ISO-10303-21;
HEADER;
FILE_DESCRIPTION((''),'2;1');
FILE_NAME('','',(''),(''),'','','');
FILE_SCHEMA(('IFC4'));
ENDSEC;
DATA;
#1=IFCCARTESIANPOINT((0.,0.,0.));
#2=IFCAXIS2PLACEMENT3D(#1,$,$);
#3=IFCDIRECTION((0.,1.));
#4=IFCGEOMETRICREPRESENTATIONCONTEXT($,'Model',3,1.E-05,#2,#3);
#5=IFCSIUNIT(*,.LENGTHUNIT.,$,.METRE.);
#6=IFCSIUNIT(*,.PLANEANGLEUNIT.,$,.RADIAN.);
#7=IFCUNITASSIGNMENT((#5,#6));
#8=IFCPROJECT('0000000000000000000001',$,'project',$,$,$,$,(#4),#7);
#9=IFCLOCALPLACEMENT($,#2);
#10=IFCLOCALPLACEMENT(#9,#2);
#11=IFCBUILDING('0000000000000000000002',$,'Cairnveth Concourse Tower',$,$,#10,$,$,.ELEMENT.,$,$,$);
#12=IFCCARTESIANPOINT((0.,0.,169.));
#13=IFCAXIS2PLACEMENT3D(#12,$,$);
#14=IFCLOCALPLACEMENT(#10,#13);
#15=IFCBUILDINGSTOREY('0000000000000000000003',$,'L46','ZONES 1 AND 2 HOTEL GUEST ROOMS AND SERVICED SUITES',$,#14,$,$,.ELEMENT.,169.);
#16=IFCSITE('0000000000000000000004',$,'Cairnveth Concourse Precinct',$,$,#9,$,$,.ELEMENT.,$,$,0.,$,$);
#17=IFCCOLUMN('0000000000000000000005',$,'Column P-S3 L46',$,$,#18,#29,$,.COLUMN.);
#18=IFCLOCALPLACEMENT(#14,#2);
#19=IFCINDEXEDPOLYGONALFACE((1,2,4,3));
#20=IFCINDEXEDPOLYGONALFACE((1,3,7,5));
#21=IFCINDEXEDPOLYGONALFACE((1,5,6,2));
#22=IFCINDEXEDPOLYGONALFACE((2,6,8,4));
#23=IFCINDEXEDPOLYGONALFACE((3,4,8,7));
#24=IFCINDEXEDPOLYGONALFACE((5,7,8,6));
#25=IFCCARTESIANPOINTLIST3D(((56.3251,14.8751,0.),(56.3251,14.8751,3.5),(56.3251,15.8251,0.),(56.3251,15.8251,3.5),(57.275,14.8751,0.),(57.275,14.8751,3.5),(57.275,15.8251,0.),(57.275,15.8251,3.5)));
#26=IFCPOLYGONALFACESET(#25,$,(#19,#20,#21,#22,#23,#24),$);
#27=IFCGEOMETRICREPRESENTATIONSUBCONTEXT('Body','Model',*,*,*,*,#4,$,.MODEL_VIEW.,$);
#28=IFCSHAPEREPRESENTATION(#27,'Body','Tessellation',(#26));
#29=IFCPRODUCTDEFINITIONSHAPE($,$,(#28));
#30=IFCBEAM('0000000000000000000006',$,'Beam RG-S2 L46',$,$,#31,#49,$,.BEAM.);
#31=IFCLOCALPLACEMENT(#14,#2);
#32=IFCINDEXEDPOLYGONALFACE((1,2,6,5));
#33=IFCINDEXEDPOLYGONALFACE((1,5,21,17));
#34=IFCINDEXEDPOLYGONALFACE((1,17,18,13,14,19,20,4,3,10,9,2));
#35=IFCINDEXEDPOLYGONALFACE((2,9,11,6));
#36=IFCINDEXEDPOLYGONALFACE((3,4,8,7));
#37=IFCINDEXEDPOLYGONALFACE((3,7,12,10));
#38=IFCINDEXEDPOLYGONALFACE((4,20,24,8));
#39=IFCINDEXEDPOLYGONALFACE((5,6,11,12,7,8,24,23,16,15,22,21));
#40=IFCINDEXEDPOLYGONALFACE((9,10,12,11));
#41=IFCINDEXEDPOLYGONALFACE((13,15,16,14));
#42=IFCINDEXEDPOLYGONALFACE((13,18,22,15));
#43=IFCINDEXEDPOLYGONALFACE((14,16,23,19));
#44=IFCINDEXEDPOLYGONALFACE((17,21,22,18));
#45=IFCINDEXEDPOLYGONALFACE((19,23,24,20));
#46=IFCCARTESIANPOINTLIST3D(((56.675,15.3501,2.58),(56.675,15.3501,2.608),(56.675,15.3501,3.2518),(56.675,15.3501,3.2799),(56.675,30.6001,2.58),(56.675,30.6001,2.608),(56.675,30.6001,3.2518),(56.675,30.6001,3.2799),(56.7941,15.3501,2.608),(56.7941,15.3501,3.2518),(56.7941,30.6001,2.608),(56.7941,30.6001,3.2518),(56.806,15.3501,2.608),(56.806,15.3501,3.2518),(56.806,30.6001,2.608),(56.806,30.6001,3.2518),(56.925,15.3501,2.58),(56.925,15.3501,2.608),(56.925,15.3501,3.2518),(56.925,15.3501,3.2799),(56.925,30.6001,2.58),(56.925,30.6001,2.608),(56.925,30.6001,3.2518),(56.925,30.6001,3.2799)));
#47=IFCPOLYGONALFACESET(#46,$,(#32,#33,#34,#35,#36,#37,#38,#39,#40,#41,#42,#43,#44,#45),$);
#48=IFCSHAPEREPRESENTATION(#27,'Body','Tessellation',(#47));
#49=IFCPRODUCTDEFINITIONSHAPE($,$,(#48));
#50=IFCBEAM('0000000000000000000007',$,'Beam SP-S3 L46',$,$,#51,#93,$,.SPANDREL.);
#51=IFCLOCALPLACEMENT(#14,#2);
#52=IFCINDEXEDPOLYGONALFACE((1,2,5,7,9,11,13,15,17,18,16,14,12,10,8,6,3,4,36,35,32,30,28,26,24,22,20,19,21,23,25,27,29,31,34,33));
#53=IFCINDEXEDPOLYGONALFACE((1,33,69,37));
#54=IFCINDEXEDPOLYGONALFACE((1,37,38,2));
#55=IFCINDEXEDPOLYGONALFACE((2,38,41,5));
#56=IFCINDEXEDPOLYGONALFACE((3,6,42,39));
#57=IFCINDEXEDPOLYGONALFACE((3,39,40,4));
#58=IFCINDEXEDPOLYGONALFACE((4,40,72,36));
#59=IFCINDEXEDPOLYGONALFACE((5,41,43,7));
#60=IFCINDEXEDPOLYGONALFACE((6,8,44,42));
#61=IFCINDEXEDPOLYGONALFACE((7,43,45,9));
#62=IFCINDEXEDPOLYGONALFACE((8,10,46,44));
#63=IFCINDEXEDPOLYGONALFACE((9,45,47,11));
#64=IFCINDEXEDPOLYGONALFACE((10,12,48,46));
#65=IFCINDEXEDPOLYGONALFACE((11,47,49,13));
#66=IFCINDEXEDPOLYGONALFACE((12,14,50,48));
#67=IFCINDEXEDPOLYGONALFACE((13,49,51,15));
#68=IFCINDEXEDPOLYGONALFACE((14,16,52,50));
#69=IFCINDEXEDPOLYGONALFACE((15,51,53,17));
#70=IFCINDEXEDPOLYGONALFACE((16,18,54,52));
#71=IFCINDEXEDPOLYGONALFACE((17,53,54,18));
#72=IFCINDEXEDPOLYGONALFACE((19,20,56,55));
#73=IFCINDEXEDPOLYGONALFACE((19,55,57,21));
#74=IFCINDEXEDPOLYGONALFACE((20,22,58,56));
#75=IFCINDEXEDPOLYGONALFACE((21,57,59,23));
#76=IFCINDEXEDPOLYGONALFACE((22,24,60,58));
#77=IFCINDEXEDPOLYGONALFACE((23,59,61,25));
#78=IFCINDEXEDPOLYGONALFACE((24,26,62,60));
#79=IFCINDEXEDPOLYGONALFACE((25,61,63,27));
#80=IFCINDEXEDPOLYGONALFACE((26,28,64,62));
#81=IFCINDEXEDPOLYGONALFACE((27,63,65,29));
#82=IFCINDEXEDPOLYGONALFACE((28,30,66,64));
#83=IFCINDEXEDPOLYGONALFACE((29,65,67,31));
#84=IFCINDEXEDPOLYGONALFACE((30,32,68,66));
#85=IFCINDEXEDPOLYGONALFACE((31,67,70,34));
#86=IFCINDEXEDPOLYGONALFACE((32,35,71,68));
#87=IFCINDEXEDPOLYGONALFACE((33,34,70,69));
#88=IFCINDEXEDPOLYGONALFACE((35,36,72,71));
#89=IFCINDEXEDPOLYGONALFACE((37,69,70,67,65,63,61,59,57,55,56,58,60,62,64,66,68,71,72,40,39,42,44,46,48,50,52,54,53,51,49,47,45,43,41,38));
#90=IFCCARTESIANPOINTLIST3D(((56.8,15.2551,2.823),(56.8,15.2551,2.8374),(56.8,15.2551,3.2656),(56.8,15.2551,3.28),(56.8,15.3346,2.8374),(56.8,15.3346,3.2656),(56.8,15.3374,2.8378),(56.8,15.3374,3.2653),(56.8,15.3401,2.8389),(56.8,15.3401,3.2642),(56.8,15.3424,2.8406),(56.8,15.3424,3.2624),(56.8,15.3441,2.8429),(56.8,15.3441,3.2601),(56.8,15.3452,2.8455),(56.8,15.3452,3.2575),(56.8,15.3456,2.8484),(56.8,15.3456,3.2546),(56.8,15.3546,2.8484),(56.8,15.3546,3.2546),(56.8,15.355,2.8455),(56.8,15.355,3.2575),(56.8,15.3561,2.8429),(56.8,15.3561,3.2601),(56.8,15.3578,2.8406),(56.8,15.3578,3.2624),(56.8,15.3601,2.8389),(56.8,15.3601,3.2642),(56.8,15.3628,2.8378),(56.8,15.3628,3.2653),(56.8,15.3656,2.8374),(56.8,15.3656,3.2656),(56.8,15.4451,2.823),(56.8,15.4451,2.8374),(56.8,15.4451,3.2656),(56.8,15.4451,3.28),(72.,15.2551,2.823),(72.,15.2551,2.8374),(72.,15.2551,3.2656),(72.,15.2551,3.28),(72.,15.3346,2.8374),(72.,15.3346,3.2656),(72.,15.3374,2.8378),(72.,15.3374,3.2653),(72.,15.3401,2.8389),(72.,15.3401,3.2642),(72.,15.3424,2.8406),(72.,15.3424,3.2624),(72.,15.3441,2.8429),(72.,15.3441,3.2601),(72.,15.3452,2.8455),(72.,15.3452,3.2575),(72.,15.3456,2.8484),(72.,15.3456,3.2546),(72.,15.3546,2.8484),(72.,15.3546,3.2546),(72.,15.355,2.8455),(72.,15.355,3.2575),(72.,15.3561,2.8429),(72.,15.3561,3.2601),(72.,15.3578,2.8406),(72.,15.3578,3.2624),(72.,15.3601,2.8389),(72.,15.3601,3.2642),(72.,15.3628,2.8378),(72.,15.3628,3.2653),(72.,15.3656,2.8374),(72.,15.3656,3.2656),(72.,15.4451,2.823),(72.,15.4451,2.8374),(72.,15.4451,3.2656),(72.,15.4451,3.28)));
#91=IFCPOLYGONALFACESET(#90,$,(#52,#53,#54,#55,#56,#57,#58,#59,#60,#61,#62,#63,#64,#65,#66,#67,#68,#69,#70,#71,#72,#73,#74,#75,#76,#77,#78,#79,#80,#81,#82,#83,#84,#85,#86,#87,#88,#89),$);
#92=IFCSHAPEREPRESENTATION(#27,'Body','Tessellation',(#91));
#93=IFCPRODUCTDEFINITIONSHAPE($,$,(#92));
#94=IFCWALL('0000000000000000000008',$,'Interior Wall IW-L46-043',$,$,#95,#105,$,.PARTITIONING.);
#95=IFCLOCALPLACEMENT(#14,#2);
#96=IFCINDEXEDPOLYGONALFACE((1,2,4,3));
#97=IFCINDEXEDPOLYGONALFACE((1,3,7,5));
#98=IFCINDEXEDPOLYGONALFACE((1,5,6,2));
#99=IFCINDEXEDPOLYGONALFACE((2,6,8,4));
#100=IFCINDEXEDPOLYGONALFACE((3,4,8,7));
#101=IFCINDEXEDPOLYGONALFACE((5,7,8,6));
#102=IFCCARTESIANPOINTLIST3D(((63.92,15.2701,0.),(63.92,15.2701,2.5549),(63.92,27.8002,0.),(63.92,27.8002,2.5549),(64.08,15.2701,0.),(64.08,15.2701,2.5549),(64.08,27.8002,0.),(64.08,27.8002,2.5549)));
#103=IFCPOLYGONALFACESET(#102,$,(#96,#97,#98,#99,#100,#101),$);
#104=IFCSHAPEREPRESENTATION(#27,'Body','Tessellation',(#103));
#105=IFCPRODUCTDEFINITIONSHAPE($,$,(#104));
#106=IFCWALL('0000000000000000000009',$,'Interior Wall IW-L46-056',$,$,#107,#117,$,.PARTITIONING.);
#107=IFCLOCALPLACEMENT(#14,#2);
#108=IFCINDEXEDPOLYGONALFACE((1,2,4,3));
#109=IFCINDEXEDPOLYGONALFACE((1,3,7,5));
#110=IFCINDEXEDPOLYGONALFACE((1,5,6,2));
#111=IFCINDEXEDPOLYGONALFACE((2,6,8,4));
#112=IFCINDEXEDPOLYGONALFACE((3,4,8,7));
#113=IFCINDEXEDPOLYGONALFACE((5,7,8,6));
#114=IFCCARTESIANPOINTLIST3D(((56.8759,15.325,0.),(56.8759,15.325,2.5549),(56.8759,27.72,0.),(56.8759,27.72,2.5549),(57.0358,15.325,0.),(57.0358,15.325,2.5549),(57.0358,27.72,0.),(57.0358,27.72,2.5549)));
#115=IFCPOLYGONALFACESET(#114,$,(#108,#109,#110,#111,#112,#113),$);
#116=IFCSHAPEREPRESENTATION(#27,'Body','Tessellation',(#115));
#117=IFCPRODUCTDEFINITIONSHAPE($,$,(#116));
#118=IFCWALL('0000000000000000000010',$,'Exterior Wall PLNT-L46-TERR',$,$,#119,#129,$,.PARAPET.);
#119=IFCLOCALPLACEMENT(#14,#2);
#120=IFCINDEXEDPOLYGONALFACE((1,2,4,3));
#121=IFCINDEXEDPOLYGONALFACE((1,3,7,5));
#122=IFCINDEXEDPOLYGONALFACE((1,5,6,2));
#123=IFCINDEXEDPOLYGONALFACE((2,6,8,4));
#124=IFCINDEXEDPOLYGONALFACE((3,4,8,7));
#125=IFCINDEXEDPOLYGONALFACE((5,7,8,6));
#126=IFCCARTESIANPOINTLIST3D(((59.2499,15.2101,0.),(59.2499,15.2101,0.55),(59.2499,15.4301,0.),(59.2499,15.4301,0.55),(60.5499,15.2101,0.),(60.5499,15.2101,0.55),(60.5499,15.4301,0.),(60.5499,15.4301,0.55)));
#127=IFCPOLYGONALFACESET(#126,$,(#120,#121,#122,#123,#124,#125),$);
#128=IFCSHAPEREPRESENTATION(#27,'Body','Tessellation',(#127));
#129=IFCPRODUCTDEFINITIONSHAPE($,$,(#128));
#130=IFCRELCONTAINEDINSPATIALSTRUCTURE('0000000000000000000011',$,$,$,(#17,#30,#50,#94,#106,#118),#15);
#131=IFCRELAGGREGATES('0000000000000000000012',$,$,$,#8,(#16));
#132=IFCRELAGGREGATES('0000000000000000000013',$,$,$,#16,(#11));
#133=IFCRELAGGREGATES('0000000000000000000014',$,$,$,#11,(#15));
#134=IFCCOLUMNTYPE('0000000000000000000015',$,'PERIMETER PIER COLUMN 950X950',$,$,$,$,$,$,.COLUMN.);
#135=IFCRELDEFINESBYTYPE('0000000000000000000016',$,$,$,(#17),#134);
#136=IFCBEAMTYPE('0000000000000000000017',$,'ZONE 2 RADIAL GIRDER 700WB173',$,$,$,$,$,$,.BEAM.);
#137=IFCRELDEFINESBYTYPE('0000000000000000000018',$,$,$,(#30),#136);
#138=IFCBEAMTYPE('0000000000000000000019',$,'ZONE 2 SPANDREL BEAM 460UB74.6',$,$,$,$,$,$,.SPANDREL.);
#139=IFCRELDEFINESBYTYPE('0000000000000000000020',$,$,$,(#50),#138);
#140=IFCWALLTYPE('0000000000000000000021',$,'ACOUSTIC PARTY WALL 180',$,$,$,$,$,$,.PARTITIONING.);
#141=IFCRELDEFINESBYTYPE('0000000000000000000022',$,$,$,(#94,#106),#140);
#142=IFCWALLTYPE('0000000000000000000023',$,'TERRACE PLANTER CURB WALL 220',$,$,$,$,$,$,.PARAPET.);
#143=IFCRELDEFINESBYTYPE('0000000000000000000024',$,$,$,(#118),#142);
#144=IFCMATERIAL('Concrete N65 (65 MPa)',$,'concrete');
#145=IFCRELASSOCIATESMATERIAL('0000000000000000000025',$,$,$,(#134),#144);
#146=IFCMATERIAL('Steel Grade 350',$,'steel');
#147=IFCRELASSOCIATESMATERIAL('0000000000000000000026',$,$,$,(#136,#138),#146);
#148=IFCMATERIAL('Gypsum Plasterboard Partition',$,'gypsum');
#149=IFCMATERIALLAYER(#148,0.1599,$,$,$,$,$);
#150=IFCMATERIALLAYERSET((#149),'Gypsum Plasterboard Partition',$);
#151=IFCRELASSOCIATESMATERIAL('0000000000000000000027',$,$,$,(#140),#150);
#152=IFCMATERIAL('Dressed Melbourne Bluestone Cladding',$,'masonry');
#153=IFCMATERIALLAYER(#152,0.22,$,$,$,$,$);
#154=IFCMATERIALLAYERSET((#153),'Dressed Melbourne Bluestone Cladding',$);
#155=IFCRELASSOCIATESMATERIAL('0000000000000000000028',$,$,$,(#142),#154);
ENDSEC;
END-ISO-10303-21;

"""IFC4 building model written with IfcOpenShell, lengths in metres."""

from ifc_helpers import new_model, si_unit, direction, frame, frame_2d, origin, origin_2d, place, context, subcontext, project, spatial, rectangle, i_section, extrude, material, layer, layer_set, material_profile, profile_set, type_object, element, save


model = new_model("IFC4")

# Units and contexts
model_context = context("Model", 3, precision=1e-05, world=origin(), true_north=direction((0.0, 1.0)))
body_context = subcontext(model_context, "Body", "Model", "MODEL_VIEW")
ifc_project = project(units=[si_unit("LENGTHUNIT", "METRE"), si_unit("PLANEANGLEUNIT", "RADIAN")], contexts=[model_context])

# Site, building, storey
site_placement = place(None, origin())
site = spatial("IfcSite", under=ifc_project, at=site_placement, Name="Cairnveth Concourse Precinct", CompositionType="ELEMENT", RefElevation=0.0)
building_placement = place(site_placement, origin())
building = spatial("IfcBuilding", under=site, at=building_placement, Name="Cairnveth Concourse Tower", CompositionType="ELEMENT")
storey_placement = place(building_placement, frame((0.0, 0.0, 169.0)))
storey = spatial("IfcBuildingStorey", under=building, at=storey_placement, Name="L46", Description="ZONES 1 AND 2 HOTEL GUEST ROOMS AND SERVICED SUITES", CompositionType="ELEMENT", Elevation=169.0)

# Column
ifc_material_1 = material(Name="Concrete N65 (65 MPa)", Category="concrete")
ifc_material_profile_1 = material_profile(ifc_material_1, rectangle(XDim=0.95, YDim=0.95, at=origin_2d()), Name="RC-COL-950x950")
ifc_profile_set_1 = profile_set([ifc_material_profile_1], Name="Concrete N65 (65 MPa)")
column_type = type_object("IfcColumnType", Name="PERIMETER PIER COLUMN 950X950", PredefinedType="COLUMN", material=ifc_profile_set_1)
column_placement = place(storey_placement, frame((56.8, 15.3501, 0.0), z_axis=(0.0, 0.0, 1.0), x_axis=(1.0, 0.0, 0.0)))
element("IfcColumn", 1, at=column_placement, inside=storey, type_object=column_type, Name="Column P-S3 L46", PredefinedType="COLUMN", context=body_context, shape_type="SweptSolid", body=[
    extrude(rectangle(XDim=0.95, YDim=0.95, at=origin_2d()), origin(), (0.0, 0.0, 1.0), 3.5),
])

# Beams
ifc_material_2 = material(Name="Steel Grade 350", Category="steel")
ifc_material_profile_2 = material_profile(ifc_material_2, i_section(OverallWidth=0.25, OverallDepth=0.7, WebThickness=0.012, FlangeThickness=0.0281, at=origin_2d()), Name="700WB173")
ifc_profile_set_2 = profile_set([ifc_material_profile_2], Name="Steel Grade 350")
beam_type_1 = type_object("IfcBeamType", Name="ZONE 2 RADIAL GIRDER 700WB173", PredefinedType="BEAM", material=ifc_profile_set_2)
beam_1_placement = place(storey_placement, frame((56.8, 15.3501, 2.9299), z_axis=(0.0, 1.0, 0.0), x_axis=(-1.0, 0.0, 0.0)))
element("IfcBeam", 2, at=beam_1_placement, inside=storey, type_object=beam_type_1, Name="Beam RG-S2 L46", PredefinedType="BEAM", context=body_context, shape_type="SweptSolid", body=[
    extrude(i_section(OverallWidth=0.25, OverallDepth=0.7, WebThickness=0.012, FlangeThickness=0.0281, at=origin_2d()), origin(), (0.0, 0.0, 1.0), 15.25),
])
ifc_material_profile_3 = material_profile(ifc_material_2, i_section(OverallWidth=0.1899, OverallDepth=0.457, WebThickness=0.009, FlangeThickness=0.0144, FilletRadius=0.011, at=origin_2d()), Name="460UB74.6")
ifc_profile_set_3 = profile_set([ifc_material_profile_3], Name="Steel Grade 350")
beam_type_2 = type_object("IfcBeamType", Name="ZONE 2 SPANDREL BEAM 460UB74.6", PredefinedType="SPANDREL", material=ifc_profile_set_3)
beam_2_placement = place(storey_placement, frame((56.8, 15.3501, 3.0515), z_axis=(1.0, 0.0, 0.0), x_axis=(0.0, 1.0, 0.0)))
element("IfcBeam", 3, at=beam_2_placement, inside=storey, type_object=beam_type_2, Name="Beam SP-S3 L46", PredefinedType="SPANDREL", context=body_context, shape_type="SweptSolid", body=[
    extrude(i_section(OverallWidth=0.1899, OverallDepth=0.457, WebThickness=0.009, FlangeThickness=0.0144, FilletRadius=0.011, at=origin_2d()), origin(), (0.0, 0.0, 1.0), 15.2),
])

# Walls
ifc_material_3 = material(Name="Gypsum Plasterboard Partition", Category="gypsum")
ifc_layer_1 = layer(ifc_material_3, 0.1599)
ifc_layer_set_1 = layer_set([ifc_layer_1], Name="Gypsum Plasterboard Partition")
wall_type_1 = type_object("IfcWallType", Name="ACOUSTIC PARTY WALL 180", PredefinedType="PARTITIONING", material=ifc_layer_set_1)
wall_1_placement = place(storey_placement, frame((64.0, 15.27, 0.0), z_axis=(0.0, 0.0, 1.0), x_axis=(0.0, 1.0, 0.0)))
element("IfcWall", 4, at=wall_1_placement, inside=storey, type_object=wall_type_1, Name="Interior Wall IW-L46-043", PredefinedType="PARTITIONING", context=body_context, shape_type="SweptSolid", body=[
    extrude(rectangle(XDim=12.53, YDim=0.1599, at=frame_2d((6.2651, 0.0))), origin(), (0.0, 0.0, 1.0), 2.5549),
])
wall_2_placement = place(storey_placement, frame((56.9558, 15.325, 0.0), z_axis=(0.0, 0.0, 1.0), x_axis=(0.0, 1.0, 0.0)))
element("IfcWall", 5, at=wall_2_placement, inside=storey, type_object=wall_type_1, Name="Interior Wall IW-L46-056", PredefinedType="PARTITIONING", context=body_context, shape_type="SweptSolid", body=[
    extrude(rectangle(XDim=12.395, YDim=0.1599, at=frame_2d((6.1975, 0.0))), origin(), (0.0, 0.0, 1.0), 2.5549),
])
ifc_material_4 = material(Name="Dressed Melbourne Bluestone Cladding", Category="masonry")
ifc_layer_2 = layer(ifc_material_4, 0.22)
ifc_layer_set_2 = layer_set([ifc_layer_2], Name="Dressed Melbourne Bluestone Cladding")
wall_type_2 = type_object("IfcWallType", Name="TERRACE PLANTER CURB WALL 220", PredefinedType="PARAPET", material=ifc_layer_set_2)
wall_3_placement = place(storey_placement, frame((59.25, 15.3201, 0.0), z_axis=(0.0, 0.0, 1.0), x_axis=(1.0, 0.0, 0.0)))
element("IfcWall", 6, at=wall_3_placement, inside=storey, type_object=wall_type_2, Name="Exterior Wall PLNT-L46-TERR", PredefinedType="PARAPET", context=body_context, shape_type="SweptSolid", body=[
    extrude(rectangle(XDim=1.3, YDim=0.22, at=frame_2d((0.6499, 0.0))), origin(), (0.0, 0.0, 1.0), 0.55),
])

save(model, "model.ifc")
